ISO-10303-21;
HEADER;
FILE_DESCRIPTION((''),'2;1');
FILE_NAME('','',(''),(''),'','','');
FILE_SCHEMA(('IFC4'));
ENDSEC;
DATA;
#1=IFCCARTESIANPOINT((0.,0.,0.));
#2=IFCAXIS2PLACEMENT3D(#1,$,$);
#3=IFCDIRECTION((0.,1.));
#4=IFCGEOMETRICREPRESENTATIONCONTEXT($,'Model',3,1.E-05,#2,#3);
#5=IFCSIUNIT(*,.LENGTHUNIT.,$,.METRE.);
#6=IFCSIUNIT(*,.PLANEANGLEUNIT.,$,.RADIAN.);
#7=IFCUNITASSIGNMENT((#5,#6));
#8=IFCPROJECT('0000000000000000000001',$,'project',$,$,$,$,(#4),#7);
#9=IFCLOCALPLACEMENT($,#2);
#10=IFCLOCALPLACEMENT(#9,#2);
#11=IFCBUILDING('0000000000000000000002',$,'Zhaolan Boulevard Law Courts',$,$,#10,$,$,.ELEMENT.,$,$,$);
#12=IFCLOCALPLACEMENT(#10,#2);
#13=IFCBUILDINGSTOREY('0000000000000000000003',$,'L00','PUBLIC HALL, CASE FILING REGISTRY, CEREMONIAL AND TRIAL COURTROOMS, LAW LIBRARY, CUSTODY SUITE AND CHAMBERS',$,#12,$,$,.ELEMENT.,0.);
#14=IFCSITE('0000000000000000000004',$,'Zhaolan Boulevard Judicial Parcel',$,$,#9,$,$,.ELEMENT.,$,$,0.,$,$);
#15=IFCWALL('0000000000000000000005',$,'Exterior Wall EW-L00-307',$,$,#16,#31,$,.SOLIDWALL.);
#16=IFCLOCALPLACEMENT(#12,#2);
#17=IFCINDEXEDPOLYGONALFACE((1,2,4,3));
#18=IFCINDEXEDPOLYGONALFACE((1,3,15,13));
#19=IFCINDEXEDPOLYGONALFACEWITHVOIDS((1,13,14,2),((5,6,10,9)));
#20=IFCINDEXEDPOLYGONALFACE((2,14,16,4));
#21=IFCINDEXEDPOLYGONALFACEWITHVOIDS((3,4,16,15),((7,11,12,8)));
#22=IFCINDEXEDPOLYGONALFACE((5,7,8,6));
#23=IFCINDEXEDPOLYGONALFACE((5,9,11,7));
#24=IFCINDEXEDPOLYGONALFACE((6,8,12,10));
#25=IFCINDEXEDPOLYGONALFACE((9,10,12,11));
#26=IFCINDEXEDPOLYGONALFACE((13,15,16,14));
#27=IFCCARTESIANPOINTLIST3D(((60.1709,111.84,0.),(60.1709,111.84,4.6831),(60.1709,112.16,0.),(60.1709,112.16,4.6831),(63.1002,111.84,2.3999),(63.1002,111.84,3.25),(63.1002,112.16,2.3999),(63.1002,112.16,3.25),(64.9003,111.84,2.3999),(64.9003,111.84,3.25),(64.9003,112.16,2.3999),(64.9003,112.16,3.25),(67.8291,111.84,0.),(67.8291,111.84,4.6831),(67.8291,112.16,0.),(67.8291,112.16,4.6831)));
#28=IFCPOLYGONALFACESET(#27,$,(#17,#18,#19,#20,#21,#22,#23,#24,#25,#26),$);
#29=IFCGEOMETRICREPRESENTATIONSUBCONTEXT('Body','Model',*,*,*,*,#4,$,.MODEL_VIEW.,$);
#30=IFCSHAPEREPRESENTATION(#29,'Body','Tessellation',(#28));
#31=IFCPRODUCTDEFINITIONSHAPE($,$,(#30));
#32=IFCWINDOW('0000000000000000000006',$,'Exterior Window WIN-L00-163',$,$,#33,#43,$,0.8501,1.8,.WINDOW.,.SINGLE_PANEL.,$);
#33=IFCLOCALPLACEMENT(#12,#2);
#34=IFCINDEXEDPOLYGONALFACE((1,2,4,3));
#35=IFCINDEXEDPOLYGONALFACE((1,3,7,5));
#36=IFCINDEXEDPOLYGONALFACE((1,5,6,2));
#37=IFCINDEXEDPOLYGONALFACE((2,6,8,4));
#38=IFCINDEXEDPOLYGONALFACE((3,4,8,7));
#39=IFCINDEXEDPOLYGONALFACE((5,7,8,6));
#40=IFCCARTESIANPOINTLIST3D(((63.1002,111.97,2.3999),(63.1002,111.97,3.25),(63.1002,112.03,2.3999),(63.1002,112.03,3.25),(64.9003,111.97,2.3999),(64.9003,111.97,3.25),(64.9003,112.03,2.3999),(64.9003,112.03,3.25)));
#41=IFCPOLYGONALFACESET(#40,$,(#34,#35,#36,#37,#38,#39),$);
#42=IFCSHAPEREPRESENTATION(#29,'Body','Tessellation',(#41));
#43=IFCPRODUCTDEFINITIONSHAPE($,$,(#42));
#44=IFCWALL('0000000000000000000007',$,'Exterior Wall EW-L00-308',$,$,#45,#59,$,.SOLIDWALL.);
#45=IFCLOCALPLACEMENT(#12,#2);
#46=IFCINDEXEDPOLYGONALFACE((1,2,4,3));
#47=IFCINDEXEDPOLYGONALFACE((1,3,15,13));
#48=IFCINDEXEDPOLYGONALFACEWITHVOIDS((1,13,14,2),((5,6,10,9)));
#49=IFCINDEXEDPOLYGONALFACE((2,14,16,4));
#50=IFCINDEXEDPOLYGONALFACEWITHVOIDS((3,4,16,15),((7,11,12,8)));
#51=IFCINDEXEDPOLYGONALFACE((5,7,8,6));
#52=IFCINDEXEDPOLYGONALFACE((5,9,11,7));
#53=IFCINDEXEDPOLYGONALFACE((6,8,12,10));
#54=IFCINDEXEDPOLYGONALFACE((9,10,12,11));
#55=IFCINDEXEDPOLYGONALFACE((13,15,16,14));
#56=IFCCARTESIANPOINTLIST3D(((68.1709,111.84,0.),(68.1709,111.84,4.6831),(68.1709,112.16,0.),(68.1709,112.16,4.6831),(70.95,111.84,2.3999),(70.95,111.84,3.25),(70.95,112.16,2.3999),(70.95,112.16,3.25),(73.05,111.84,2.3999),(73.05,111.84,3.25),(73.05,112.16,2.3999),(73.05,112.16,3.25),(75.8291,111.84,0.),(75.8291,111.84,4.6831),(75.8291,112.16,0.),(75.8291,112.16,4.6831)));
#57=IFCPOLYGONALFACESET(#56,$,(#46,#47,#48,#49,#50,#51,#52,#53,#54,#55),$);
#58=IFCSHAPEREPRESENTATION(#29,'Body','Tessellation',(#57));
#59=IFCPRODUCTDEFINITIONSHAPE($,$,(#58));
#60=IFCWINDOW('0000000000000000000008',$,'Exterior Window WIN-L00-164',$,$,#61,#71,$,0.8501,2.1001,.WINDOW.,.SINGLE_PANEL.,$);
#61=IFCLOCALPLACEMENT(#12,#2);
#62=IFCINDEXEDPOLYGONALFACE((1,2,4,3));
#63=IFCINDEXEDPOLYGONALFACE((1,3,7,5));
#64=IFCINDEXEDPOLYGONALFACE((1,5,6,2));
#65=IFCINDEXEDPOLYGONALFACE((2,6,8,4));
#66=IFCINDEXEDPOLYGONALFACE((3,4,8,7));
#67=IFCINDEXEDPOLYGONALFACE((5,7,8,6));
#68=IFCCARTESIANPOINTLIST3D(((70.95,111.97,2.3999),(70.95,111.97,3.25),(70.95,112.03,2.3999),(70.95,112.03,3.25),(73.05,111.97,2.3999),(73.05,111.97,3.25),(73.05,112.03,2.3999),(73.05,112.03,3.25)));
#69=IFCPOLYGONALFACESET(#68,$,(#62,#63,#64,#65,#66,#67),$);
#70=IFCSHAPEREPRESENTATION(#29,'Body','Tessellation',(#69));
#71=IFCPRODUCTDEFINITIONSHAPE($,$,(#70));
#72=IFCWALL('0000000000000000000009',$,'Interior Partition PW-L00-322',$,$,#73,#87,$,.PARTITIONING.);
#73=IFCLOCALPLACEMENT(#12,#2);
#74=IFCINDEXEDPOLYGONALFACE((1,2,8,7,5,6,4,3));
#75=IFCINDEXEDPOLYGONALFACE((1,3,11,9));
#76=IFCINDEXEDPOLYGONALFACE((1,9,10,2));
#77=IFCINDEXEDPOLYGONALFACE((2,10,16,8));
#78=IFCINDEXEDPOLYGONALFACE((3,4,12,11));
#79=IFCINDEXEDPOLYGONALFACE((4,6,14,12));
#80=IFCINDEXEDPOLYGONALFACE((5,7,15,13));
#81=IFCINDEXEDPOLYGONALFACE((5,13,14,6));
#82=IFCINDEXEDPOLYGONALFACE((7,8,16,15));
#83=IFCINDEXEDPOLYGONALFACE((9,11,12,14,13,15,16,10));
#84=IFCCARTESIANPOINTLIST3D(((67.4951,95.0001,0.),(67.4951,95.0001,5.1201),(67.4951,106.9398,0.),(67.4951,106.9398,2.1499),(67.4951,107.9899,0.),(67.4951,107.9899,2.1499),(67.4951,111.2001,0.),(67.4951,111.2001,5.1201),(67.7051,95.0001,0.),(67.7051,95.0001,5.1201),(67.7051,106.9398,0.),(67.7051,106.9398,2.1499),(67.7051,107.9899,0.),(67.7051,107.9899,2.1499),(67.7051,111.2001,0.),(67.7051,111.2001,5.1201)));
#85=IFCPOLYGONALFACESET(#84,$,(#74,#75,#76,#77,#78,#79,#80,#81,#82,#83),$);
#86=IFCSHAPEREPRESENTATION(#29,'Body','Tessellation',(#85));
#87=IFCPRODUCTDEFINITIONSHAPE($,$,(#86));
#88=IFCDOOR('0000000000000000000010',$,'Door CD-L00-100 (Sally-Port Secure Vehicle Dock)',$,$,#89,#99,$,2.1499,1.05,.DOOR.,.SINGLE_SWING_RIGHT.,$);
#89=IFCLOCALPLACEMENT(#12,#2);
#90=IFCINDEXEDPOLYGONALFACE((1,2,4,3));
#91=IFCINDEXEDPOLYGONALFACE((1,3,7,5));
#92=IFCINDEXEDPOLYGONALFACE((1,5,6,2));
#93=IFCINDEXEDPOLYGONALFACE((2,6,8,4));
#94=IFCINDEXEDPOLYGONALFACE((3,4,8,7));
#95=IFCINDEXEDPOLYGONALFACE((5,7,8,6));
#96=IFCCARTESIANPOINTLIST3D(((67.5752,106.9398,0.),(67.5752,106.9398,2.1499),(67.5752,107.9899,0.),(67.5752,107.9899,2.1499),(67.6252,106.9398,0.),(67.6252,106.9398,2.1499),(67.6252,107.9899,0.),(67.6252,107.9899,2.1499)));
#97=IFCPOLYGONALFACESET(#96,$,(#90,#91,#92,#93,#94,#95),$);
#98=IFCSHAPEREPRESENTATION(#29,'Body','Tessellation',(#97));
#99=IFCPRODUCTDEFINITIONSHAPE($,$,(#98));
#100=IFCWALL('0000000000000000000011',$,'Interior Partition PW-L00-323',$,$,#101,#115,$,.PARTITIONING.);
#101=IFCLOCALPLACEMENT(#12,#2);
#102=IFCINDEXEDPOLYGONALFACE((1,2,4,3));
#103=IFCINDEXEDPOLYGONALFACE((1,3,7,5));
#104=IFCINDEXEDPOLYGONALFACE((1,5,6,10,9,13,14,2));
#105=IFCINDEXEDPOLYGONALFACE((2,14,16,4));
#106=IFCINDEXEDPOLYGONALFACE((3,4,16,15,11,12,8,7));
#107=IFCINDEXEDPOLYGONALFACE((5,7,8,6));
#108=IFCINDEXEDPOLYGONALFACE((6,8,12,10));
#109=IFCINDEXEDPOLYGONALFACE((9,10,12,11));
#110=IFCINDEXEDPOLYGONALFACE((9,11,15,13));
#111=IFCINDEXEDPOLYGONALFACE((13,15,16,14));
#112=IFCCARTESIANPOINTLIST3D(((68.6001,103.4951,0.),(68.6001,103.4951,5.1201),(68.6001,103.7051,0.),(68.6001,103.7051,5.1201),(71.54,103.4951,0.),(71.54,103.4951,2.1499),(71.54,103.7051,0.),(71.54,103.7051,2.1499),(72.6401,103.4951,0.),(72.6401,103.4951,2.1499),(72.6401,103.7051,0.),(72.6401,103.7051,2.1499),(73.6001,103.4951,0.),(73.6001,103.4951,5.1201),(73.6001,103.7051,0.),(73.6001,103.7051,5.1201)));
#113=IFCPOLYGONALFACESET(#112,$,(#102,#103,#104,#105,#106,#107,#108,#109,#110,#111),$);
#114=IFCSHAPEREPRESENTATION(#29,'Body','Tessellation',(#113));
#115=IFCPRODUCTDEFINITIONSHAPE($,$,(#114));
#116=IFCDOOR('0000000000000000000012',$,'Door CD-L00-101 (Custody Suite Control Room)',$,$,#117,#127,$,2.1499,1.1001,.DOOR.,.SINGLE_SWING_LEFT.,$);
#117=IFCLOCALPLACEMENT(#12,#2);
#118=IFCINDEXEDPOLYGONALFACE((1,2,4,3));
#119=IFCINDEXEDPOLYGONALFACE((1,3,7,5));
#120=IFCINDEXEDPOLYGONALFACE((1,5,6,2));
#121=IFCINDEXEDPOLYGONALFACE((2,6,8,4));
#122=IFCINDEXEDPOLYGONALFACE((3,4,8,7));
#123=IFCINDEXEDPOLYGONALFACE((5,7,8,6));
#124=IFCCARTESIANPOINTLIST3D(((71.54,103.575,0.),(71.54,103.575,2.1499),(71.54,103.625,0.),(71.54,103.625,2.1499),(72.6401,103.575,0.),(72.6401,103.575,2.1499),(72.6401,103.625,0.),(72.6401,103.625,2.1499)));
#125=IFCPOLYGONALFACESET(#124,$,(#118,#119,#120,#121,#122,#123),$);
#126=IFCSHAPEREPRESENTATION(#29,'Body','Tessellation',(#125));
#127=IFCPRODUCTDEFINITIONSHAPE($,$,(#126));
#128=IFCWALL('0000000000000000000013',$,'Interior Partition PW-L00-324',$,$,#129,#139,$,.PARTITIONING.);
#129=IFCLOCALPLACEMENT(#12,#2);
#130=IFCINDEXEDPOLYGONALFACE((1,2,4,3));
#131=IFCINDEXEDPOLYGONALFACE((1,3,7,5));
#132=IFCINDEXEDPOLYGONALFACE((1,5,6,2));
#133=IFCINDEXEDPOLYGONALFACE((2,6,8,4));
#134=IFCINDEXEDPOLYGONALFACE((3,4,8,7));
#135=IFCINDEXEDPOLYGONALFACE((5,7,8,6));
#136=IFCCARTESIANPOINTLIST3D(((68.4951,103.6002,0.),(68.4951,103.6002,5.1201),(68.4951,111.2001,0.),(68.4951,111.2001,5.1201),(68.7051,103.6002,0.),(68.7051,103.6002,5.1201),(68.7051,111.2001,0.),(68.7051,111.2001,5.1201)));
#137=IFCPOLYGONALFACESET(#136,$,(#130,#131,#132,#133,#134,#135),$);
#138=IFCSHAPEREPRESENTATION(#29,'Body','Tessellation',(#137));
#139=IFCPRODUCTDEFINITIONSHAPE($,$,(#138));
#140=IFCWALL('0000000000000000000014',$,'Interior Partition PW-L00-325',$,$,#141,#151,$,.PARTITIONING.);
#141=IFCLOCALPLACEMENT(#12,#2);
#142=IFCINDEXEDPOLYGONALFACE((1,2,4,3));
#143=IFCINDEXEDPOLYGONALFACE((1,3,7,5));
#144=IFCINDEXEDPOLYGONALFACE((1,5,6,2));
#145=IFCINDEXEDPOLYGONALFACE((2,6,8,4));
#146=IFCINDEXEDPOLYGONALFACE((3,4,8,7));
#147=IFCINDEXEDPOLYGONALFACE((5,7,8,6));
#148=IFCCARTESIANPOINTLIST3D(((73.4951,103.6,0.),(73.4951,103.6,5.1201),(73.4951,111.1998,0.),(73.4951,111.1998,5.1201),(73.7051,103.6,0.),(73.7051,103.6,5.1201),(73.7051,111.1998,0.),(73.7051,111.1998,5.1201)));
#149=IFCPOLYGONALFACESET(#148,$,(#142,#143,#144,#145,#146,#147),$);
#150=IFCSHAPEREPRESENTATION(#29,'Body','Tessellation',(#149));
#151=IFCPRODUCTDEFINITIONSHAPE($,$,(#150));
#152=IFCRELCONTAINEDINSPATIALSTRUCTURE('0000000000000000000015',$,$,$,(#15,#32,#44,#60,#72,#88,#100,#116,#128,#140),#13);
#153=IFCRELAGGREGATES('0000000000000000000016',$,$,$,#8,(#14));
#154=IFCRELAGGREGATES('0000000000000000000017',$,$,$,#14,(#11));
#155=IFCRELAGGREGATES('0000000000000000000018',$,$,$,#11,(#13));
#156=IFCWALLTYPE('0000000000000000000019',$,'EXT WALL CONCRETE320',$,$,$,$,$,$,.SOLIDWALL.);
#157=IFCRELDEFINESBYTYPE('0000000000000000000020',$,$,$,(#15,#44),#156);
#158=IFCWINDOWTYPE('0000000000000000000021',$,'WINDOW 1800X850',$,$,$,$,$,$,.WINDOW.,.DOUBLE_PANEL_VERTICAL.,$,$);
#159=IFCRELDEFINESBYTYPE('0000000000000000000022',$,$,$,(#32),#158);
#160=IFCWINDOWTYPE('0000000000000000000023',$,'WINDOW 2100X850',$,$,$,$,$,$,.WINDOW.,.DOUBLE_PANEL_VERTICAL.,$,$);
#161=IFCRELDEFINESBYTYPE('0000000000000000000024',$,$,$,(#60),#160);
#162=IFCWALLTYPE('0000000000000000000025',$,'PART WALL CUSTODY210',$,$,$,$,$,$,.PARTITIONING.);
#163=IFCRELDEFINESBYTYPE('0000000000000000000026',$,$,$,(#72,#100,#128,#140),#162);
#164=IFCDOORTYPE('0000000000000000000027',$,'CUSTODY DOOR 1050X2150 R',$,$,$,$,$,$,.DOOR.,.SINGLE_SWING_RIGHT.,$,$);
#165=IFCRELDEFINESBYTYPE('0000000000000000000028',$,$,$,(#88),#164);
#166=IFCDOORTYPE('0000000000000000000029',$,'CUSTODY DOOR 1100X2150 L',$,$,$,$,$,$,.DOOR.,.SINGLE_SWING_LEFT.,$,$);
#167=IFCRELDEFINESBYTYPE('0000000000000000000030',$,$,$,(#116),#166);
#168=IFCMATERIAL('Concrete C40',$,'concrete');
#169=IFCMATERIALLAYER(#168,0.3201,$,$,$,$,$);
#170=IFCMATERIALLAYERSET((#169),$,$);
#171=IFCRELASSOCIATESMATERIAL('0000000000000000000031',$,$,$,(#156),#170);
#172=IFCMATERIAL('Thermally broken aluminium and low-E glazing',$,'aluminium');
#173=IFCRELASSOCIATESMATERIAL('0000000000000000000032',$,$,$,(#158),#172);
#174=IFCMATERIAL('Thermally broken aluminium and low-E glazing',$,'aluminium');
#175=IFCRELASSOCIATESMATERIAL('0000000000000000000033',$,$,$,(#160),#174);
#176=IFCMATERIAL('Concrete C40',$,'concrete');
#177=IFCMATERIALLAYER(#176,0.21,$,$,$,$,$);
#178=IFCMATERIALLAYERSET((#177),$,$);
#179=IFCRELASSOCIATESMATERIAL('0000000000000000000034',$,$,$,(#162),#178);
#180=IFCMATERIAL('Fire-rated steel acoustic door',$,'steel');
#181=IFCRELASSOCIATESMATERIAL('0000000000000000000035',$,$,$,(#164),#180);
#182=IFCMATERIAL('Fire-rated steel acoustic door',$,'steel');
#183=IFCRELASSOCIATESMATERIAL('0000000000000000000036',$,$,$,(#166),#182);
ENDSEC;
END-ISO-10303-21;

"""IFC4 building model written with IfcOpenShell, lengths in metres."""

from ifc_helpers import new_model, si_unit, direction, frame, frame_2d, origin, place, context, subcontext, project, spatial, rectangle, extrude, material, layer, layer_set, type_object, element, fill, save


model = new_model("IFC4")

# Units and contexts
model_context = context("Model", 3, precision=1e-05, world=origin(), true_north=direction((0.0, 1.0)))
body_context = subcontext(model_context, "Body", "Model", "MODEL_VIEW")
ifc_project = project(units=[si_unit("LENGTHUNIT", "METRE"), si_unit("PLANEANGLEUNIT", "RADIAN")], contexts=[model_context])

# Site, building, storey
site_placement = place(None, origin())
site = spatial("IfcSite", under=ifc_project, at=site_placement, Name="Zhaolan Boulevard Judicial Parcel", CompositionType="ELEMENT", RefElevation=0.0)
building_placement = place(site_placement, origin())
building = spatial("IfcBuilding", under=site, at=building_placement, Name="Zhaolan Boulevard Law Courts", CompositionType="ELEMENT")
storey_placement = place(building_placement, origin())
storey = spatial("IfcBuildingStorey", under=building, at=storey_placement, Name="L00", Description="PUBLIC HALL, CASE FILING REGISTRY, CEREMONIAL AND TRIAL COURTROOMS, LAW LIBRARY, CUSTODY SUITE AND CHAMBERS", CompositionType="ELEMENT", Elevation=0.0)

# Walls, openings, windows
ifc_material_1 = material(Name="Concrete C40", Category="concrete")
ifc_layer_1 = layer(ifc_material_1, 0.3201)
ifc_layer_set_1 = layer_set([ifc_layer_1])
wall_type_1 = type_object("IfcWallType", Name="EXT WALL CONCRETE320", PredefinedType="SOLIDWALL", material=ifc_layer_set_1)
wall_1_placement = place(storey_placement, frame((67.8291, 112.0, 0.0), z_axis=(0.0, 0.0, 1.0), x_axis=(-1.0, 0.0, 0.0)))
wall_1 = element("IfcWall", 1, at=wall_1_placement, inside=storey, type_object=wall_type_1, Name="Exterior Wall EW-L00-307", PredefinedType="SOLIDWALL", context=body_context, shape_type="SweptSolid", body=[
    extrude(rectangle(XDim=7.6582, YDim=0.3201, at=frame_2d((3.8291, 0.0))), origin(), (0.0, 0.0, 1.0), 4.6831),
])
opening_1_placement = place(wall_1_placement, frame((2.929, 0.0, 2.3999)))
opening_1 = element("IfcOpeningElement", 2, at=opening_1_placement, cuts=wall_1, PredefinedType="OPENING", context=body_context, shape_type="SweptSolid", body=[
    extrude(rectangle(XDim=1.8, YDim=0.8501, at=frame_2d((0.8999, 0.425))), frame((0.0, 0.1699, 0.0), z_axis=(0.0, -1.0, 0.0), x_axis=(1.0, 0.0, 0.0)), (0.0, 0.0, 1.0), 0.3401),
])
ifc_material_2 = material(Name="Thermally broken aluminium and low-E glazing", Category="aluminium")
window_type_1 = type_object("IfcWindowType", Name="WINDOW 1800X850", PartitioningType="DOUBLE_PANEL_VERTICAL", PredefinedType="WINDOW", material=ifc_material_2)
window_1_placement = place(opening_1_placement, origin())
window_1 = element("IfcWindow", 3, at=window_1_placement, inside=storey, type_object=window_type_1, Name="Exterior Window WIN-L00-163", OverallHeight=0.8501, OverallWidth=1.8, PartitioningType="SINGLE_PANEL", PredefinedType="WINDOW", context=body_context, shape_type="SweptSolid", body=[
    extrude(rectangle(XDim=1.8, YDim=0.8501, at=frame_2d((0.8999, 0.425))), frame((0.0, 0.03, 0.0), z_axis=(0.0, -1.0, 0.0), x_axis=(1.0, 0.0, 0.0)), (0.0, 0.0, 1.0), 0.0601),
])
fill(opening_1, window_1)
wall_2_placement = place(storey_placement, frame((75.8291, 112.0, 0.0), z_axis=(0.0, 0.0, 1.0), x_axis=(-1.0, 0.0, 0.0)))
wall_2 = element("IfcWall", 4, at=wall_2_placement, inside=storey, type_object=wall_type_1, Name="Exterior Wall EW-L00-308", PredefinedType="SOLIDWALL", context=body_context, shape_type="SweptSolid", body=[
    extrude(rectangle(XDim=7.6582, YDim=0.3201, at=frame_2d((3.8291, 0.0))), origin(), (0.0, 0.0, 1.0), 4.6831),
])
opening_2_placement = place(wall_2_placement, frame((2.7791, 0.0, 2.3999)))
opening_2 = element("IfcOpeningElement", 5, at=opening_2_placement, cuts=wall_2, PredefinedType="OPENING", context=body_context, shape_type="SweptSolid", body=[
    extrude(rectangle(XDim=2.1001, YDim=0.8501, at=frame_2d((1.05, 0.425))), frame((0.0, 0.1699, 0.0), z_axis=(0.0, -1.0, 0.0), x_axis=(1.0, 0.0, 0.0)), (0.0, 0.0, 1.0), 0.3401),
])
ifc_material_3 = material(Name="Thermally broken aluminium and low-E glazing", Category="aluminium")
window_type_2 = type_object("IfcWindowType", Name="WINDOW 2100X850", PartitioningType="DOUBLE_PANEL_VERTICAL", PredefinedType="WINDOW", material=ifc_material_3)
window_2_placement = place(opening_2_placement, origin())
window_2 = element("IfcWindow", 6, at=window_2_placement, inside=storey, type_object=window_type_2, Name="Exterior Window WIN-L00-164", OverallHeight=0.8501, OverallWidth=2.1001, PartitioningType="SINGLE_PANEL", PredefinedType="WINDOW", context=body_context, shape_type="SweptSolid", body=[
    extrude(rectangle(XDim=2.1001, YDim=0.8501, at=frame_2d((1.05, 0.425))), frame((0.0, 0.03, 0.0), z_axis=(0.0, -1.0, 0.0), x_axis=(1.0, 0.0, 0.0)), (0.0, 0.0, 1.0), 0.0601),
])
fill(opening_2, window_2)

# Walls, openings, doors
ifc_material_4 = material(Name="Concrete C40", Category="concrete")
ifc_layer_2 = layer(ifc_material_4, 0.21)
ifc_layer_set_2 = layer_set([ifc_layer_2])
wall_type_2 = type_object("IfcWallType", Name="PART WALL CUSTODY210", PredefinedType="PARTITIONING", material=ifc_layer_set_2)
wall_3_placement = place(storey_placement, frame((67.6001, 95.0, 0.0), z_axis=(0.0, 0.0, 1.0), x_axis=(0.0, 1.0, 0.0)))
wall_3 = element("IfcWall", 7, at=wall_3_placement, inside=storey, type_object=wall_type_2, Name="Interior Partition PW-L00-322", PredefinedType="PARTITIONING", context=body_context, shape_type="SweptSolid", body=[
    extrude(rectangle(XDim=16.2, YDim=0.21, at=frame_2d((8.1001, 0.0))), origin(), (0.0, 0.0, 1.0), 5.1201),
])
opening_3_placement = place(wall_3_placement, frame((11.9399, 0.0, 0.0)))
opening_3 = element("IfcOpeningElement", 8, at=opening_3_placement, cuts=wall_3, PredefinedType="OPENING", context=body_context, shape_type="SweptSolid", body=[
    extrude(rectangle(XDim=1.05, YDim=2.1499, at=frame_2d((0.5249, 1.075))), frame((0.0, 0.115, 0.0), z_axis=(0.0, -1.0, 0.0), x_axis=(1.0, 0.0, 0.0)), (0.0, 0.0, 1.0), 0.23),
])
ifc_material_5 = material(Name="Fire-rated steel acoustic door", Category="steel")
door_type_1 = type_object("IfcDoorType", Name="CUSTODY DOOR 1050X2150 R", OperationType="SINGLE_SWING_RIGHT", PredefinedType="DOOR", material=ifc_material_5)
door_1_placement = place(opening_3_placement, origin())
door_1 = element("IfcDoor", 9, at=door_1_placement, inside=storey, type_object=door_type_1, Name="Door CD-L00-100 (Sally-Port Secure Vehicle Dock)", OperationType="SINGLE_SWING_RIGHT", OverallHeight=2.1499, OverallWidth=1.05, PredefinedType="DOOR", context=body_context, shape_type="SweptSolid", body=[
    extrude(rectangle(XDim=1.05, YDim=2.1499, at=frame_2d((0.5249, 1.075))), frame((0.0, 0.0249, 0.0), z_axis=(0.0, -1.0, 0.0), x_axis=(1.0, 0.0, 0.0)), (0.0, 0.0, 1.0), 0.05),
])
fill(opening_3, door_1)
wall_4_placement = place(storey_placement, frame((68.6001, 103.6001, 0.0), z_axis=(0.0, 0.0, 1.0), x_axis=(1.0, 0.0, 0.0)))
wall_4 = element("IfcWall", 10, at=wall_4_placement, inside=storey, type_object=wall_type_2, Name="Interior Partition PW-L00-323", PredefinedType="PARTITIONING", context=body_context, shape_type="SweptSolid", body=[
    extrude(rectangle(XDim=5.0, YDim=0.21, at=frame_2d((2.5, 0.0))), origin(), (0.0, 0.0, 1.0), 5.1201),
])
opening_4_placement = place(wall_4_placement, frame((2.9399, 0.0, 0.0)))
opening_4 = element("IfcOpeningElement", 11, at=opening_4_placement, cuts=wall_4, PredefinedType="OPENING", context=body_context, shape_type="SweptSolid", body=[
    extrude(rectangle(XDim=1.1001, YDim=2.1499, at=frame_2d((0.55, 1.075))), frame((0.0, 0.115, 0.0), z_axis=(0.0, -1.0, 0.0), x_axis=(1.0, 0.0, 0.0)), (0.0, 0.0, 1.0), 0.23),
])
ifc_material_6 = material(Name="Fire-rated steel acoustic door", Category="steel")
door_type_2 = type_object("IfcDoorType", Name="CUSTODY DOOR 1100X2150 L", OperationType="SINGLE_SWING_LEFT", PredefinedType="DOOR", material=ifc_material_6)
door_2_placement = place(opening_4_placement, origin())
door_2 = element("IfcDoor", 12, at=door_2_placement, inside=storey, type_object=door_type_2, Name="Door CD-L00-101 (Custody Suite Control Room)", OperationType="SINGLE_SWING_LEFT", OverallHeight=2.1499, OverallWidth=1.1001, PredefinedType="DOOR", context=body_context, shape_type="SweptSolid", body=[
    extrude(rectangle(XDim=1.1001, YDim=2.1499, at=frame_2d((0.55, 1.075))), frame((0.0, 0.0249, 0.0), z_axis=(0.0, -1.0, 0.0), x_axis=(1.0, 0.0, 0.0)), (0.0, 0.0, 1.0), 0.05),
])
fill(opening_4, door_2)

# Walls
for number, where, z_axis, x_axis, name in (
    (13, (68.6001, 111.2, 0.0), (0.0, 0.0, 1.0), (0.0, -1.0, 0.0), "Interior Partition PW-L00-324"),
    (14, (73.6001, 103.6001, 0.0), (0.0, 0.0, 1.0), (0.0, 1.0, 0.0), "Interior Partition PW-L00-325"),
):
    element("IfcWall", number, at=place(storey_placement, frame(where, z_axis=z_axis, x_axis=x_axis)), inside=storey, type_object=wall_type_2, Name=name, PredefinedType="PARTITIONING", context=body_context, shape_type="SweptSolid", body=[
        extrude(rectangle(XDim=7.5999, YDim=0.21, at=frame_2d((3.7998, 0.0))), origin(), (0.0, 0.0, 1.0), 5.1201),
    ])

save(model, "model.ifc")
